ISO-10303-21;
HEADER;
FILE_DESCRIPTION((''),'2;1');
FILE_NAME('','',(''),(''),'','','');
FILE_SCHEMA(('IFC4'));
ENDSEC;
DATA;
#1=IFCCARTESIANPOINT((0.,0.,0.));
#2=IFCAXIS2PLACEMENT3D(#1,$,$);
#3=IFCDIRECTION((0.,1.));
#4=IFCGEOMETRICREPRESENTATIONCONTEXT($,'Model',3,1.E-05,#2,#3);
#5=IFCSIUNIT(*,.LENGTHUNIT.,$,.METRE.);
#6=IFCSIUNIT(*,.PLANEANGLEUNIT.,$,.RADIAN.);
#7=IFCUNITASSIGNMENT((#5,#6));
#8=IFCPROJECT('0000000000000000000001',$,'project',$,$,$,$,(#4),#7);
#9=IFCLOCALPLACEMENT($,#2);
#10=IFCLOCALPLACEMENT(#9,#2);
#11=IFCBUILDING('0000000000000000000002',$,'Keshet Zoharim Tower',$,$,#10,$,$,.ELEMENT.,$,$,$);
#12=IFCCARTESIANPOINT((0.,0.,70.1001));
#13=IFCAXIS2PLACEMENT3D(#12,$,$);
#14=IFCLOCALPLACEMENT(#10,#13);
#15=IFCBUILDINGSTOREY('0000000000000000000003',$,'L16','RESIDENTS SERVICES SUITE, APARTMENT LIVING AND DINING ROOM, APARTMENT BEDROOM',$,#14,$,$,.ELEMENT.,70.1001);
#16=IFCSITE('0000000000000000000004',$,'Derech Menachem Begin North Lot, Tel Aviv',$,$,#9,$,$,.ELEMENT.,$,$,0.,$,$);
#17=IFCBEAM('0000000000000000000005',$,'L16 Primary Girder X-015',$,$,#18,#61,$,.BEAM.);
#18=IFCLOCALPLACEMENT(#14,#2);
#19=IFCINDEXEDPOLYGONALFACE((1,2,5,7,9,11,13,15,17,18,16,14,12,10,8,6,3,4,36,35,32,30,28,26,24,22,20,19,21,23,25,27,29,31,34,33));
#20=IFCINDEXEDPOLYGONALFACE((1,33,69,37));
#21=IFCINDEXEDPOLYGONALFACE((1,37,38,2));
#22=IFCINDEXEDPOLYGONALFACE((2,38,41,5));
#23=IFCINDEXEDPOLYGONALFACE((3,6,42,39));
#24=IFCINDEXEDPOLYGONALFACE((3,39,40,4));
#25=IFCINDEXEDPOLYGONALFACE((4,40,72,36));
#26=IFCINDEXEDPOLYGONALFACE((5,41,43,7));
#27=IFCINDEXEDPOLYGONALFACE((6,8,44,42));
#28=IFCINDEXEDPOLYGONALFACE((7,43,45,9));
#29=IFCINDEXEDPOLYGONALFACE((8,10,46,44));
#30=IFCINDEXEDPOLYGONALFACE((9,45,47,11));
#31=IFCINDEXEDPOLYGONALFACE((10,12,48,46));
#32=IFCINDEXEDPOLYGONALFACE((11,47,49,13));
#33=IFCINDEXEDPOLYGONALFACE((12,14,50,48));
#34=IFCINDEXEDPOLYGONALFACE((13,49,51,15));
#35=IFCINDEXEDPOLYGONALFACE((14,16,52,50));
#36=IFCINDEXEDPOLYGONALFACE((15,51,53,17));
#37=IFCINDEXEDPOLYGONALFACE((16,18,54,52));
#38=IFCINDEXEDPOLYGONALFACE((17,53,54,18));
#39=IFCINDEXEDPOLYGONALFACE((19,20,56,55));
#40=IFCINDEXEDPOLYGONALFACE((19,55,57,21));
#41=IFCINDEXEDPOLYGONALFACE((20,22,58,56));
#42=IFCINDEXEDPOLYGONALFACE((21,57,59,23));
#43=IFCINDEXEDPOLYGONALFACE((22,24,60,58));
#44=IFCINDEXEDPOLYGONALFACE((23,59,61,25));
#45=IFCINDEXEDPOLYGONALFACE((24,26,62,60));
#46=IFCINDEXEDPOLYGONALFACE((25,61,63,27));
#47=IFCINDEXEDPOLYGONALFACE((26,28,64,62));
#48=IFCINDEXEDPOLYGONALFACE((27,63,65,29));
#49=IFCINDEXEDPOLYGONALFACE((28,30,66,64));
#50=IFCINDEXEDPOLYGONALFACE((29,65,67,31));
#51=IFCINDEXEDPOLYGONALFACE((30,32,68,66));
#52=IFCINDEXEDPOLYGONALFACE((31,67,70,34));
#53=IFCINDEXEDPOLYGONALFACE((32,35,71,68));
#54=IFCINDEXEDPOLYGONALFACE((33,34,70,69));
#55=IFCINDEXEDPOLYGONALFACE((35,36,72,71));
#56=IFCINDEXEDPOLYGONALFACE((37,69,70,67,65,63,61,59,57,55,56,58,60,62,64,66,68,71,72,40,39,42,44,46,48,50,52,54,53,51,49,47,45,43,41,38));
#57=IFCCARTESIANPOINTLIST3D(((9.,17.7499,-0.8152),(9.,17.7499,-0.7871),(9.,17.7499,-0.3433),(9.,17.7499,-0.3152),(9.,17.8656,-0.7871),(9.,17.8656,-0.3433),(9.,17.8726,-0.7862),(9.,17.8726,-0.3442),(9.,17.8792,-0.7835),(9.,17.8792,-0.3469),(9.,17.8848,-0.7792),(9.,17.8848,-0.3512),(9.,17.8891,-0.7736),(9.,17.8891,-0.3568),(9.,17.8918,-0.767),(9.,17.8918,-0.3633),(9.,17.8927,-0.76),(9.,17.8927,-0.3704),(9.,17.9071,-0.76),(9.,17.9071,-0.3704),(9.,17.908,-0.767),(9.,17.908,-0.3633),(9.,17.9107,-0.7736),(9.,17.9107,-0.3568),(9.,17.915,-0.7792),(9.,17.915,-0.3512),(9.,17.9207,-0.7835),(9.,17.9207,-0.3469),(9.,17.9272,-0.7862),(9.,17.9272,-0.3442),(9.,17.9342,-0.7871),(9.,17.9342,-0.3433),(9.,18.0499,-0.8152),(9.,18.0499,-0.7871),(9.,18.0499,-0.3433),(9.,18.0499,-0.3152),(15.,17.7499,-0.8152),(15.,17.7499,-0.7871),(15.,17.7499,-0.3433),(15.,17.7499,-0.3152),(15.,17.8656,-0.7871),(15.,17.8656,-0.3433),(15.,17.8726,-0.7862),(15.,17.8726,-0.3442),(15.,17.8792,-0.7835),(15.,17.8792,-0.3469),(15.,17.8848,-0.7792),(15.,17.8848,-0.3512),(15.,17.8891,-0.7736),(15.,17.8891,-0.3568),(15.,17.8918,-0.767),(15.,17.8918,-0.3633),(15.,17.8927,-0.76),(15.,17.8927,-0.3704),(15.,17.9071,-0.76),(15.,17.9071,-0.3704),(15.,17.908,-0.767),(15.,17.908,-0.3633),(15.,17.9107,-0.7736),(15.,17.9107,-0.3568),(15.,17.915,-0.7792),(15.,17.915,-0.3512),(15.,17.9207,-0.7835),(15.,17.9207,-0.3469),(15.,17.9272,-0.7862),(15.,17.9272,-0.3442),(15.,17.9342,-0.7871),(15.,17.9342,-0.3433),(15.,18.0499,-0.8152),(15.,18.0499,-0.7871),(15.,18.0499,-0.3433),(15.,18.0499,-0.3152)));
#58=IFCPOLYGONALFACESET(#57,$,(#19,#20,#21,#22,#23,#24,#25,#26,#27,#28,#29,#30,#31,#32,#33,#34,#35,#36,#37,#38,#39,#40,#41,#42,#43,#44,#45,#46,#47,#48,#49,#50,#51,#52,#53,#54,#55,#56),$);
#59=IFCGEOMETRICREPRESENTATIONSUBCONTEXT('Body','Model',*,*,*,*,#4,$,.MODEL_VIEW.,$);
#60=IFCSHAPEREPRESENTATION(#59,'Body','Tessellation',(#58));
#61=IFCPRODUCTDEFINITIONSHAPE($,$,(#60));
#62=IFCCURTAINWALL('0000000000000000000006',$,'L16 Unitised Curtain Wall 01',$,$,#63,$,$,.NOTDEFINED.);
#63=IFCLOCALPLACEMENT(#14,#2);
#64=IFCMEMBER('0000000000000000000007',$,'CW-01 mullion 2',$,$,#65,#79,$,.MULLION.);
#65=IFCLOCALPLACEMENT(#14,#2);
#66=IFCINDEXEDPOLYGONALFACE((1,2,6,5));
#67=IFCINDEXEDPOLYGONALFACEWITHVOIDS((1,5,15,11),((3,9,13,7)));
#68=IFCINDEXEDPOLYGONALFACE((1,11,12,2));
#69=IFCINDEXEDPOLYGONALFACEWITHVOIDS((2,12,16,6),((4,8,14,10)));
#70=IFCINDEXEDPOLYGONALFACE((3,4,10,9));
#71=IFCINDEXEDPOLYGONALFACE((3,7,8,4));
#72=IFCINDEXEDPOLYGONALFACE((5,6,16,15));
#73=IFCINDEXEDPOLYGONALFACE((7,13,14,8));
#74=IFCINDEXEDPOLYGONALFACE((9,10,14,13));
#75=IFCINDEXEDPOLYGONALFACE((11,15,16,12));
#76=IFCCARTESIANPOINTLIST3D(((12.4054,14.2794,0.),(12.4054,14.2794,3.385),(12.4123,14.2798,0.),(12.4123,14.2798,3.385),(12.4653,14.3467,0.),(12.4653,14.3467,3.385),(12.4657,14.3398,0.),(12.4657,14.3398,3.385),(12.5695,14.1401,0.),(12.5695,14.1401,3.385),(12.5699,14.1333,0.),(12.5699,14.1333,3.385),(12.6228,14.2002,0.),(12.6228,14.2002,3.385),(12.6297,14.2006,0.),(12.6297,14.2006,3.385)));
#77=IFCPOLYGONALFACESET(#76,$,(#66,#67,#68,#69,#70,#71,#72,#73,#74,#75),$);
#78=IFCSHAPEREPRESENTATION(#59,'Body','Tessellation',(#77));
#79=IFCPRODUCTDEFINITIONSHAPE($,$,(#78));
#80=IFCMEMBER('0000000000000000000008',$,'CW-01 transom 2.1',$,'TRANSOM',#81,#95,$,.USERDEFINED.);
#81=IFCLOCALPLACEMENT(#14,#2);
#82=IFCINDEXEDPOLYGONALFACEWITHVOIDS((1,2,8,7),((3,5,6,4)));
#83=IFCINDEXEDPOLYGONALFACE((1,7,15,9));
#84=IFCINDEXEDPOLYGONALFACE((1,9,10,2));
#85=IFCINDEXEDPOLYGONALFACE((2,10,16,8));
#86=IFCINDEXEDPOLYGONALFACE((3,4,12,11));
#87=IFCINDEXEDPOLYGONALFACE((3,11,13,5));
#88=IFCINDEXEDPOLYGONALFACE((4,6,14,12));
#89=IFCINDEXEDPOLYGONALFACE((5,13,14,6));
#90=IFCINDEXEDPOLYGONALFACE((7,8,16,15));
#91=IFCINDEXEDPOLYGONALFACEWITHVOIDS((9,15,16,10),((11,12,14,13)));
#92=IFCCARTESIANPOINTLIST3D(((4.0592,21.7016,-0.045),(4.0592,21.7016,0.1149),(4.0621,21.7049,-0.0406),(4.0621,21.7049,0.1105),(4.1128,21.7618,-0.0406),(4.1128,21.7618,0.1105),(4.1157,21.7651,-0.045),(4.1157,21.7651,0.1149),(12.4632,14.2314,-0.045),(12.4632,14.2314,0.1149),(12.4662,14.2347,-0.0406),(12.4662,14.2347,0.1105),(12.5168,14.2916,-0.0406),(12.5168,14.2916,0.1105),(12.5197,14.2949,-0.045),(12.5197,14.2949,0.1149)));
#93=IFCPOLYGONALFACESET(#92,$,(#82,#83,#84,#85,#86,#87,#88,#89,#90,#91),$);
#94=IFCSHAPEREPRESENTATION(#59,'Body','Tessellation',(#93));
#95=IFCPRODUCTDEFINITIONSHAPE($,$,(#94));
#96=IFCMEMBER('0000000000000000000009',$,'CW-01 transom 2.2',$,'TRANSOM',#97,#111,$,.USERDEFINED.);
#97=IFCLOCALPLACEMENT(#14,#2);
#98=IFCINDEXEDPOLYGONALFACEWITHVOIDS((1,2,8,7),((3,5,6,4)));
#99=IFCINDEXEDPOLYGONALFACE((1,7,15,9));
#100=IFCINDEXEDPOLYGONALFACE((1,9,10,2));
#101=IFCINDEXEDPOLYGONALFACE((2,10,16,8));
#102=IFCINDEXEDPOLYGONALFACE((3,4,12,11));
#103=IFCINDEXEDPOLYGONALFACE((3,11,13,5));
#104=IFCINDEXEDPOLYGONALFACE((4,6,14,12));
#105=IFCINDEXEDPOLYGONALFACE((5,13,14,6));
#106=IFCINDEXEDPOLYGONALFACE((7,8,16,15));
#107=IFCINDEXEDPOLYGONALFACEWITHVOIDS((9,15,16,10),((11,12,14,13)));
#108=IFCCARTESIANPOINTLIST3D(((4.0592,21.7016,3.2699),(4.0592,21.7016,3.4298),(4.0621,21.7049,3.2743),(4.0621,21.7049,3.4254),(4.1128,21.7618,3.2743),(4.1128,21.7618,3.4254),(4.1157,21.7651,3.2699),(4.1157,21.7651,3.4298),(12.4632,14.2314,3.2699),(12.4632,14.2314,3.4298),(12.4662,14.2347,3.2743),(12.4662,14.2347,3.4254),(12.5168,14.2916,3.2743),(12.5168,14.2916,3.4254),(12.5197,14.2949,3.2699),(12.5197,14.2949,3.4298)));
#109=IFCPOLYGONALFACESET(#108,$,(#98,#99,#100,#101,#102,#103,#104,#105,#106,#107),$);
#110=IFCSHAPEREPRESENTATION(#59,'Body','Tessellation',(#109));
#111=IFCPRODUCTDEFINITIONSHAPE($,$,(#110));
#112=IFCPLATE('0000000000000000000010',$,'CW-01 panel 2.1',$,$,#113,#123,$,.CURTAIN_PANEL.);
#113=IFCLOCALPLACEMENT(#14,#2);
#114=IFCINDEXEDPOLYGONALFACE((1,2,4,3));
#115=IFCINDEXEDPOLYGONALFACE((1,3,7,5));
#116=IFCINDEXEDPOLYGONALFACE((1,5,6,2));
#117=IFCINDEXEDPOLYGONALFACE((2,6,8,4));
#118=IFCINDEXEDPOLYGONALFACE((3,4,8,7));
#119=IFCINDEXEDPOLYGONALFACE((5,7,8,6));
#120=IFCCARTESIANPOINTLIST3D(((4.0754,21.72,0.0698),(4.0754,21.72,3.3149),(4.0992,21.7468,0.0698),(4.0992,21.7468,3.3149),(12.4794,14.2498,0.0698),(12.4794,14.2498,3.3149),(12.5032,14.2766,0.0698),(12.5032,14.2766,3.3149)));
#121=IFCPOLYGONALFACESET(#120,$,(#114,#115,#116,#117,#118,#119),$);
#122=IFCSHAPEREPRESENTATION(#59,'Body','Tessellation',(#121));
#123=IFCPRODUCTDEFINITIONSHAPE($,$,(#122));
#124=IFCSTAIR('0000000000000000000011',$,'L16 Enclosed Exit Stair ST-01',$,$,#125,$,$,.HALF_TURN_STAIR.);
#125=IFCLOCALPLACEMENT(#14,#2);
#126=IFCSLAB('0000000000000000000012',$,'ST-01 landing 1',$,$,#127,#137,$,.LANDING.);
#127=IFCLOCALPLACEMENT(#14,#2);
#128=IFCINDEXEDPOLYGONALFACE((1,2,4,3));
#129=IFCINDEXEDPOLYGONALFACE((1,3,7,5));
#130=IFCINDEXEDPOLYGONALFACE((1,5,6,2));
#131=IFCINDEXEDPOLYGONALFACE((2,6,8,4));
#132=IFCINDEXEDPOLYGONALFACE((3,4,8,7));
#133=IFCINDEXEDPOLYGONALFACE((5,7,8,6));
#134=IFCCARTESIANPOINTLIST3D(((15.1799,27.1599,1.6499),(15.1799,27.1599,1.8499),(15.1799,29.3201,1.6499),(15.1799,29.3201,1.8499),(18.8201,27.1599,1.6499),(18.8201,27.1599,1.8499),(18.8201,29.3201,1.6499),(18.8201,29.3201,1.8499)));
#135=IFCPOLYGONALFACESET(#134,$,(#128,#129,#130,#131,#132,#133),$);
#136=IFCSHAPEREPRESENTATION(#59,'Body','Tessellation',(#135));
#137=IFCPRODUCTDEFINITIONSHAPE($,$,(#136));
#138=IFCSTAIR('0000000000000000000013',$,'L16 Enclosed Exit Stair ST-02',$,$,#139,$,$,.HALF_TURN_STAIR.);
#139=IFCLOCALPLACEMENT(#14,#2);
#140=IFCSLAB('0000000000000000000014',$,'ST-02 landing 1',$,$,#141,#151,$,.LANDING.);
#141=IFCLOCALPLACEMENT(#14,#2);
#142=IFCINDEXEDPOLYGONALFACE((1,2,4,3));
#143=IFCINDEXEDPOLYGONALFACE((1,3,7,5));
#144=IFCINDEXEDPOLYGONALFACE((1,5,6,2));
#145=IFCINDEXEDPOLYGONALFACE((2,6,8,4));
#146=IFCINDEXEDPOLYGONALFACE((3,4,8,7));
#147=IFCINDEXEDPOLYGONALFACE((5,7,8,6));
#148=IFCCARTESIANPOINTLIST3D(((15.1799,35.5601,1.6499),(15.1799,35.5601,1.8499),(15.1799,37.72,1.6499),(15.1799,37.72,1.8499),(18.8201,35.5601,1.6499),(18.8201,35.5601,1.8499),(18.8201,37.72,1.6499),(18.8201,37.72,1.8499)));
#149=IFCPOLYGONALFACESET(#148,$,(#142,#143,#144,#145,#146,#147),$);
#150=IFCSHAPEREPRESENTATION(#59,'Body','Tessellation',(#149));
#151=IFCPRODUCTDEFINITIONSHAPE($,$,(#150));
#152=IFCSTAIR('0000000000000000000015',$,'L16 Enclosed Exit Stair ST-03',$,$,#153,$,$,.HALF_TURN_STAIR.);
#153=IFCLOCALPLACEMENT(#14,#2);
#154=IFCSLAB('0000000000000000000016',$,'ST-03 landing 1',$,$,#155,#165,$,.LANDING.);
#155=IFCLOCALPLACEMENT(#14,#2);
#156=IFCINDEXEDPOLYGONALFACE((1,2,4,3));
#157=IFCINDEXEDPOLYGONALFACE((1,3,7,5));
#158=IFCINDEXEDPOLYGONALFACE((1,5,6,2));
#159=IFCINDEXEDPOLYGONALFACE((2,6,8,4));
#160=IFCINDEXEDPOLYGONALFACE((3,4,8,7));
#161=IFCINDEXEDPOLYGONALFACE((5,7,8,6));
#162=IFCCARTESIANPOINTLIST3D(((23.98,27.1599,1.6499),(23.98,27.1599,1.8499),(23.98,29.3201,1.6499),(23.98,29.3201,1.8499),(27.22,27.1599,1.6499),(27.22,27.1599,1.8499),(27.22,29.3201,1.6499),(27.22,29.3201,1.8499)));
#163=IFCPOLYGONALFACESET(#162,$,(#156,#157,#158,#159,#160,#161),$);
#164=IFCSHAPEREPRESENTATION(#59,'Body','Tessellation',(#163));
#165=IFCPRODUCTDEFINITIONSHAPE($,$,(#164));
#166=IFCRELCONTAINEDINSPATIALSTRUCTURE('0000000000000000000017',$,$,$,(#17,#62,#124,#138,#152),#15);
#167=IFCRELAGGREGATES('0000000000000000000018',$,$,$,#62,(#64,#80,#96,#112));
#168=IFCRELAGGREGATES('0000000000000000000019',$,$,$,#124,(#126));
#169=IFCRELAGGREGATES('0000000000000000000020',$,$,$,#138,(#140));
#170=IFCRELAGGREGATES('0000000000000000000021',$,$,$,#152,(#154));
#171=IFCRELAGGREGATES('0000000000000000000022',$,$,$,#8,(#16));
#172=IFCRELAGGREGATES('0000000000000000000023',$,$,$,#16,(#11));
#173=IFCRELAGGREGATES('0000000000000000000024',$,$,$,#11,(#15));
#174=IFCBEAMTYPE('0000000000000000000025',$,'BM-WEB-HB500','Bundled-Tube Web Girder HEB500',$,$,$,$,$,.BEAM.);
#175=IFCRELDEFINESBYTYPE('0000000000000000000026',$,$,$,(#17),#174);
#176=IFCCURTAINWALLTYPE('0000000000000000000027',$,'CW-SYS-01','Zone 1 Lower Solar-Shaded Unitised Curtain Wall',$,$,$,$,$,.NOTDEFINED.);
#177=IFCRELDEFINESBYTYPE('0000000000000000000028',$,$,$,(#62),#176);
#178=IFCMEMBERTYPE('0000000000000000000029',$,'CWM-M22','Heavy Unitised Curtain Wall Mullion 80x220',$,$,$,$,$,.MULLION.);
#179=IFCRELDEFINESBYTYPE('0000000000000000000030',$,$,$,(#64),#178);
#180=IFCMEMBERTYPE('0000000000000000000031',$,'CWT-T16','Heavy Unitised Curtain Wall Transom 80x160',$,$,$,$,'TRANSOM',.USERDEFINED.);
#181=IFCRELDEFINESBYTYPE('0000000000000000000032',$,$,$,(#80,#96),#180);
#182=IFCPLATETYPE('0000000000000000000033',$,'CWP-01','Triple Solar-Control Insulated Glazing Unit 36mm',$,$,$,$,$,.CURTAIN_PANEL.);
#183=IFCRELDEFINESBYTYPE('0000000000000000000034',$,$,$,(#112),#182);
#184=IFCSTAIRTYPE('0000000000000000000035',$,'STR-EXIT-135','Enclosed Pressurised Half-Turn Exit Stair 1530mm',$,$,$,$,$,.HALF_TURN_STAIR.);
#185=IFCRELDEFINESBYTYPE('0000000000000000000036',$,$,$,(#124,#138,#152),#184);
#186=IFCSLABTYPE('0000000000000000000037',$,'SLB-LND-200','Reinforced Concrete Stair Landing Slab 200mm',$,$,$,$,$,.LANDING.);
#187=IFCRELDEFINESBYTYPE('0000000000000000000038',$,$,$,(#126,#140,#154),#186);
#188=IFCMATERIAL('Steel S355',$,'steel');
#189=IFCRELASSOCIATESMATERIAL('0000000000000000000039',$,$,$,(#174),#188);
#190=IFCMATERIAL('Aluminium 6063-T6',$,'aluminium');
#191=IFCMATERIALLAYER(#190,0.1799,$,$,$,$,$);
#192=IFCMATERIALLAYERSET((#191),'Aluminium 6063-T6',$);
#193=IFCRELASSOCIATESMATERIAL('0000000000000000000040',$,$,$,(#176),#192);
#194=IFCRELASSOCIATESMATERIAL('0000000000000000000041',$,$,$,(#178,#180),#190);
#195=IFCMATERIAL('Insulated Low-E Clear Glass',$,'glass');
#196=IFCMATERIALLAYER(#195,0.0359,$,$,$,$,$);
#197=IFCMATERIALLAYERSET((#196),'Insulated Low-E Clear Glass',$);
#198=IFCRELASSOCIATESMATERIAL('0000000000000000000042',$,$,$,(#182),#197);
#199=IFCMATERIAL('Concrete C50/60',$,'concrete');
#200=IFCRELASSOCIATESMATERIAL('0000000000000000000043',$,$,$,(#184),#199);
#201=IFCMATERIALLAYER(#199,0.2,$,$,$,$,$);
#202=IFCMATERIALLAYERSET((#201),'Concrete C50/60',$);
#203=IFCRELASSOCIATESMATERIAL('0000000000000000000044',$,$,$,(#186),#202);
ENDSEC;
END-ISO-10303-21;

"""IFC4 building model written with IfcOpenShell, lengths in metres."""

from ifc_helpers import new_model, si_unit, direction, frame, origin, origin_2d, place, context, subcontext, project, spatial, polyline, rectangle, hollow_rectangle, i_section, outline, extrude, material, layer, layer_set, material_profile, profile_set, type_object, element, aggregate, save


model = new_model("IFC4")

# Units and contexts
model_context = context("Model", 3, precision=1e-05, world=origin(), true_north=direction((0.0, 1.0)))
body_context = subcontext(model_context, "Body", "Model", "MODEL_VIEW")
ifc_project = project(units=[si_unit("LENGTHUNIT", "METRE"), si_unit("PLANEANGLEUNIT", "RADIAN")], contexts=[model_context])

# Site, building, storey
site_placement = place(None, origin())
site = spatial("IfcSite", under=ifc_project, at=site_placement, Name="Derech Menachem Begin North Lot, Tel Aviv", CompositionType="ELEMENT", RefElevation=0.0)
building_placement = place(site_placement, origin())
building = spatial("IfcBuilding", under=site, at=building_placement, Name="Keshet Zoharim Tower", CompositionType="ELEMENT")
storey_placement = place(building_placement, frame((0.0, 0.0, 70.1001)))
storey = spatial("IfcBuildingStorey", under=building, at=storey_placement, Name="L16", Description="RESIDENTS SERVICES SUITE, APARTMENT LIVING AND DINING ROOM, APARTMENT BEDROOM", CompositionType="ELEMENT", Elevation=70.1001)

# Shared definitions
ifc_material_1 = material(Name="Steel S355", Category="steel")

# Beam
ifc_material_profile_1 = material_profile(ifc_material_1, i_section(OverallWidth=0.3, OverallDepth=0.5, WebThickness=0.0144, FlangeThickness=0.0281, FilletRadius=0.0271, at=origin_2d()), Name="HEB500")
ifc_profile_set_1 = profile_set([ifc_material_profile_1], Name="Steel S355")
beam_type_1 = type_object("IfcBeamType", Name="BM-WEB-HB500", Description="Bundled-Tube Web Girder HEB500", PredefinedType="BEAM", material=ifc_profile_set_1)
beam_1_placement = place(storey_placement, frame((9.0, 17.8999, -0.5652), z_axis=(1.0, 0.0, 0.0), x_axis=(0.0, 1.0, 0.0)))
element("IfcBeam", 1, at=beam_1_placement, inside=storey, type_object=beam_type_1, Name="L16 Primary Girder X-015", PredefinedType="BEAM", context=body_context, shape_type="SweptSolid", body=[
    extrude(i_section(OverallWidth=0.3, OverallDepth=0.5, WebThickness=0.0144, FlangeThickness=0.0281, FilletRadius=0.0271, at=origin_2d()), origin(), (0.0, 0.0, 1.0), 6.0),
])

# Curtain wall, members, plate
ifc_material_2 = material(Name="Aluminium 6063-T6", Category="aluminium")
ifc_layer_1 = layer(ifc_material_2, 0.1799)
ifc_layer_set_1 = layer_set([ifc_layer_1], Name="Aluminium 6063-T6")
curtain_wall_type = type_object("IfcCurtainWallType", Name="CW-SYS-01", Description="Zone 1 Lower Solar-Shaded Unitised Curtain Wall", PredefinedType="NOTDEFINED", material=ifc_layer_set_1)
curtain_wall_placement = place(storey_placement, origin())
curtain_wall = element("IfcCurtainWall", 2, at=curtain_wall_placement, inside=storey, type_object=curtain_wall_type, Name="L16 Unitised Curtain Wall 01", PredefinedType="NOTDEFINED")
ifc_material_profile_2 = material_profile(ifc_material_2, hollow_rectangle(XDim=0.0901, YDim=0.22, WallThickness=0.0049, at=origin_2d()), Name="MUL-90x220")
ifc_profile_set_2 = profile_set([ifc_material_profile_2], Name="Aluminium 6063-T6")
member_type_1 = type_object("IfcMemberType", Name="CWM-M22", Description="Heavy Unitised Curtain Wall Mullion 80x220", PredefinedType="MULLION", material=ifc_profile_set_2)
member_1_placement = place(storey_placement, frame((12.5176, 14.24, 0.0), z_axis=(0.0, 0.0, 1.0), x_axis=(-0.664364, -0.747409, 0.0)))
member_1 = element("IfcMember", 3, at=member_1_placement, type_object=member_type_1, Name="CW-01 mullion 2", PredefinedType="MULLION", context=body_context, shape_type="SweptSolid", body=[
    extrude(hollow_rectangle(XDim=0.0901, YDim=0.22, WallThickness=0.0049, at=origin_2d()), origin(), (0.0, 0.0, 1.0), 3.385),
])
ifc_material_profile_3 = material_profile(ifc_material_2, hollow_rectangle(XDim=0.085, YDim=0.1599, WallThickness=0.0044, at=origin_2d()), Name="TRN-85x160")
ifc_profile_set_3 = profile_set([ifc_material_profile_3], Name="Aluminium 6063-T6")
member_type_2 = type_object("IfcMemberType", Name="CWT-T16", Description="Heavy Unitised Curtain Wall Transom 80x160", ElementType="TRANSOM", PredefinedType="USERDEFINED", material=ifc_profile_set_3)
member_2_placement = place(storey_placement, frame((12.4915, 14.2632, 0.0349), z_axis=(-0.747412, 0.664361, 0.0), x_axis=(-0.664361, -0.747412, 0.0)))
member_2 = element("IfcMember", 4, at=member_2_placement, type_object=member_type_2, Name="CW-01 transom 2.1", ObjectType="TRANSOM", PredefinedType="USERDEFINED", context=body_context, shape_type="SweptSolid", body=[
    extrude(hollow_rectangle(XDim=0.085, YDim=0.1599, WallThickness=0.0044, at=origin_2d()), origin(), (0.0, 0.0, 1.0), 11.2441),
])
member_3_placement = place(storey_placement, frame((12.4915, 14.2632, 3.3499), z_axis=(-0.747412, 0.664361, 0.0), x_axis=(-0.664361, -0.747412, 0.0)))
member_3 = element("IfcMember", 5, at=member_3_placement, type_object=member_type_2, Name="CW-01 transom 2.2", ObjectType="TRANSOM", PredefinedType="USERDEFINED", context=body_context, shape_type="SweptSolid", body=[
    extrude(hollow_rectangle(XDim=0.085, YDim=0.1599, WallThickness=0.0044, at=origin_2d()), origin(), (0.0, 0.0, 1.0), 11.2441),
])
ifc_material_3 = material(Name="Insulated Low-E Clear Glass", Category="glass")
ifc_layer_2 = layer(ifc_material_3, 0.0359)
ifc_layer_set_2 = layer_set([ifc_layer_2], Name="Insulated Low-E Clear Glass")
plate_type = type_object("IfcPlateType", Name="CWP-01", Description="Triple Solar-Control Insulated Glazing Unit 36mm", PredefinedType="CURTAIN_PANEL", material=ifc_layer_set_2)
plate_placement = place(storey_placement, frame((8.2893, 17.9983, 0.0698), z_axis=(0.0, 0.0, 1.0), x_axis=(-0.747409, 0.664364, 0.0)))
plate = element("IfcPlate", 6, at=plate_placement, type_object=plate_type, Name="CW-01 panel 2.1", PredefinedType="CURTAIN_PANEL", context=body_context, shape_type="SweptSolid", body=[
    extrude(rectangle(XDim=11.2441, YDim=0.0359, at=origin_2d()), origin(), (0.0, 0.0, 1.0), 3.2451),
])
aggregate(curtain_wall, [member_1, member_2, member_3, plate])

# Stairs, slabs
ifc_material_4 = material(Name="Concrete C50/60", Category="concrete")
stair_type = type_object("IfcStairType", Name="STR-EXIT-135", Description="Enclosed Pressurised Half-Turn Exit Stair 1530mm", PredefinedType="HALF_TURN_STAIR", material=ifc_material_4)
stair_1_placement = place(storey_placement, origin())
stair_1 = element("IfcStair", 7, at=stair_1_placement, inside=storey, type_object=stair_type, Name="L16 Enclosed Exit Stair ST-01", PredefinedType="HALF_TURN_STAIR")
ifc_layer_3 = layer(ifc_material_4, 0.2)
ifc_layer_set_3 = layer_set([ifc_layer_3], Name="Concrete C50/60")
slab_type_1 = type_object("IfcSlabType", Name="SLB-LND-200", Description="Reinforced Concrete Stair Landing Slab 200mm", PredefinedType="LANDING", material=ifc_layer_set_3)
slab_1_placement = place(storey_placement, frame((0.0, 0.0, 1.6499)))
slab_1 = element("IfcSlab", 8, at=slab_1_placement, type_object=slab_type_1, Name="ST-01 landing 1", PredefinedType="LANDING", context=body_context, shape_type="SweptSolid", body=[
    extrude(outline(polyline([(15.1799, 27.1599), (18.8201, 27.1599), (18.8201, 29.3201), (15.1799, 29.3201), (15.1799, 27.1599)])), origin(), (0.0, 0.0, 1.0), 0.2),
])
aggregate(stair_1, [slab_1])
stair_2_placement = place(storey_placement, origin())
stair_2 = element("IfcStair", 9, at=stair_2_placement, inside=storey, type_object=stair_type, Name="L16 Enclosed Exit Stair ST-02", PredefinedType="HALF_TURN_STAIR")
slab_2_placement = place(storey_placement, frame((0.0, 0.0, 1.6499)))
slab_2 = element("IfcSlab", 10, at=slab_2_placement, type_object=slab_type_1, Name="ST-02 landing 1", PredefinedType="LANDING", context=body_context, shape_type="SweptSolid", body=[
    extrude(outline(polyline([(15.1799, 35.5601), (18.8201, 35.5601), (18.8201, 37.72), (15.1799, 37.72), (15.1799, 35.5601)])), origin(), (0.0, 0.0, 1.0), 0.2),
])
aggregate(stair_2, [slab_2])
stair_3_placement = place(storey_placement, origin())
stair_3 = element("IfcStair", 11, at=stair_3_placement, inside=storey, type_object=stair_type, Name="L16 Enclosed Exit Stair ST-03", PredefinedType="HALF_TURN_STAIR")
slab_3_placement = place(storey_placement, frame((0.0, 0.0, 1.6499)))
slab_3 = element("IfcSlab", 12, at=slab_3_placement, type_object=slab_type_1, Name="ST-03 landing 1", PredefinedType="LANDING", context=body_context, shape_type="SweptSolid", body=[
    extrude(outline(polyline([(23.98, 27.1599), (27.22, 27.1599), (27.22, 29.3201), (23.98, 29.3201), (23.98, 27.1599)])), origin(), (0.0, 0.0, 1.0), 0.2),
])
aggregate(stair_3, [slab_3])

save(model, "model.ifc")
